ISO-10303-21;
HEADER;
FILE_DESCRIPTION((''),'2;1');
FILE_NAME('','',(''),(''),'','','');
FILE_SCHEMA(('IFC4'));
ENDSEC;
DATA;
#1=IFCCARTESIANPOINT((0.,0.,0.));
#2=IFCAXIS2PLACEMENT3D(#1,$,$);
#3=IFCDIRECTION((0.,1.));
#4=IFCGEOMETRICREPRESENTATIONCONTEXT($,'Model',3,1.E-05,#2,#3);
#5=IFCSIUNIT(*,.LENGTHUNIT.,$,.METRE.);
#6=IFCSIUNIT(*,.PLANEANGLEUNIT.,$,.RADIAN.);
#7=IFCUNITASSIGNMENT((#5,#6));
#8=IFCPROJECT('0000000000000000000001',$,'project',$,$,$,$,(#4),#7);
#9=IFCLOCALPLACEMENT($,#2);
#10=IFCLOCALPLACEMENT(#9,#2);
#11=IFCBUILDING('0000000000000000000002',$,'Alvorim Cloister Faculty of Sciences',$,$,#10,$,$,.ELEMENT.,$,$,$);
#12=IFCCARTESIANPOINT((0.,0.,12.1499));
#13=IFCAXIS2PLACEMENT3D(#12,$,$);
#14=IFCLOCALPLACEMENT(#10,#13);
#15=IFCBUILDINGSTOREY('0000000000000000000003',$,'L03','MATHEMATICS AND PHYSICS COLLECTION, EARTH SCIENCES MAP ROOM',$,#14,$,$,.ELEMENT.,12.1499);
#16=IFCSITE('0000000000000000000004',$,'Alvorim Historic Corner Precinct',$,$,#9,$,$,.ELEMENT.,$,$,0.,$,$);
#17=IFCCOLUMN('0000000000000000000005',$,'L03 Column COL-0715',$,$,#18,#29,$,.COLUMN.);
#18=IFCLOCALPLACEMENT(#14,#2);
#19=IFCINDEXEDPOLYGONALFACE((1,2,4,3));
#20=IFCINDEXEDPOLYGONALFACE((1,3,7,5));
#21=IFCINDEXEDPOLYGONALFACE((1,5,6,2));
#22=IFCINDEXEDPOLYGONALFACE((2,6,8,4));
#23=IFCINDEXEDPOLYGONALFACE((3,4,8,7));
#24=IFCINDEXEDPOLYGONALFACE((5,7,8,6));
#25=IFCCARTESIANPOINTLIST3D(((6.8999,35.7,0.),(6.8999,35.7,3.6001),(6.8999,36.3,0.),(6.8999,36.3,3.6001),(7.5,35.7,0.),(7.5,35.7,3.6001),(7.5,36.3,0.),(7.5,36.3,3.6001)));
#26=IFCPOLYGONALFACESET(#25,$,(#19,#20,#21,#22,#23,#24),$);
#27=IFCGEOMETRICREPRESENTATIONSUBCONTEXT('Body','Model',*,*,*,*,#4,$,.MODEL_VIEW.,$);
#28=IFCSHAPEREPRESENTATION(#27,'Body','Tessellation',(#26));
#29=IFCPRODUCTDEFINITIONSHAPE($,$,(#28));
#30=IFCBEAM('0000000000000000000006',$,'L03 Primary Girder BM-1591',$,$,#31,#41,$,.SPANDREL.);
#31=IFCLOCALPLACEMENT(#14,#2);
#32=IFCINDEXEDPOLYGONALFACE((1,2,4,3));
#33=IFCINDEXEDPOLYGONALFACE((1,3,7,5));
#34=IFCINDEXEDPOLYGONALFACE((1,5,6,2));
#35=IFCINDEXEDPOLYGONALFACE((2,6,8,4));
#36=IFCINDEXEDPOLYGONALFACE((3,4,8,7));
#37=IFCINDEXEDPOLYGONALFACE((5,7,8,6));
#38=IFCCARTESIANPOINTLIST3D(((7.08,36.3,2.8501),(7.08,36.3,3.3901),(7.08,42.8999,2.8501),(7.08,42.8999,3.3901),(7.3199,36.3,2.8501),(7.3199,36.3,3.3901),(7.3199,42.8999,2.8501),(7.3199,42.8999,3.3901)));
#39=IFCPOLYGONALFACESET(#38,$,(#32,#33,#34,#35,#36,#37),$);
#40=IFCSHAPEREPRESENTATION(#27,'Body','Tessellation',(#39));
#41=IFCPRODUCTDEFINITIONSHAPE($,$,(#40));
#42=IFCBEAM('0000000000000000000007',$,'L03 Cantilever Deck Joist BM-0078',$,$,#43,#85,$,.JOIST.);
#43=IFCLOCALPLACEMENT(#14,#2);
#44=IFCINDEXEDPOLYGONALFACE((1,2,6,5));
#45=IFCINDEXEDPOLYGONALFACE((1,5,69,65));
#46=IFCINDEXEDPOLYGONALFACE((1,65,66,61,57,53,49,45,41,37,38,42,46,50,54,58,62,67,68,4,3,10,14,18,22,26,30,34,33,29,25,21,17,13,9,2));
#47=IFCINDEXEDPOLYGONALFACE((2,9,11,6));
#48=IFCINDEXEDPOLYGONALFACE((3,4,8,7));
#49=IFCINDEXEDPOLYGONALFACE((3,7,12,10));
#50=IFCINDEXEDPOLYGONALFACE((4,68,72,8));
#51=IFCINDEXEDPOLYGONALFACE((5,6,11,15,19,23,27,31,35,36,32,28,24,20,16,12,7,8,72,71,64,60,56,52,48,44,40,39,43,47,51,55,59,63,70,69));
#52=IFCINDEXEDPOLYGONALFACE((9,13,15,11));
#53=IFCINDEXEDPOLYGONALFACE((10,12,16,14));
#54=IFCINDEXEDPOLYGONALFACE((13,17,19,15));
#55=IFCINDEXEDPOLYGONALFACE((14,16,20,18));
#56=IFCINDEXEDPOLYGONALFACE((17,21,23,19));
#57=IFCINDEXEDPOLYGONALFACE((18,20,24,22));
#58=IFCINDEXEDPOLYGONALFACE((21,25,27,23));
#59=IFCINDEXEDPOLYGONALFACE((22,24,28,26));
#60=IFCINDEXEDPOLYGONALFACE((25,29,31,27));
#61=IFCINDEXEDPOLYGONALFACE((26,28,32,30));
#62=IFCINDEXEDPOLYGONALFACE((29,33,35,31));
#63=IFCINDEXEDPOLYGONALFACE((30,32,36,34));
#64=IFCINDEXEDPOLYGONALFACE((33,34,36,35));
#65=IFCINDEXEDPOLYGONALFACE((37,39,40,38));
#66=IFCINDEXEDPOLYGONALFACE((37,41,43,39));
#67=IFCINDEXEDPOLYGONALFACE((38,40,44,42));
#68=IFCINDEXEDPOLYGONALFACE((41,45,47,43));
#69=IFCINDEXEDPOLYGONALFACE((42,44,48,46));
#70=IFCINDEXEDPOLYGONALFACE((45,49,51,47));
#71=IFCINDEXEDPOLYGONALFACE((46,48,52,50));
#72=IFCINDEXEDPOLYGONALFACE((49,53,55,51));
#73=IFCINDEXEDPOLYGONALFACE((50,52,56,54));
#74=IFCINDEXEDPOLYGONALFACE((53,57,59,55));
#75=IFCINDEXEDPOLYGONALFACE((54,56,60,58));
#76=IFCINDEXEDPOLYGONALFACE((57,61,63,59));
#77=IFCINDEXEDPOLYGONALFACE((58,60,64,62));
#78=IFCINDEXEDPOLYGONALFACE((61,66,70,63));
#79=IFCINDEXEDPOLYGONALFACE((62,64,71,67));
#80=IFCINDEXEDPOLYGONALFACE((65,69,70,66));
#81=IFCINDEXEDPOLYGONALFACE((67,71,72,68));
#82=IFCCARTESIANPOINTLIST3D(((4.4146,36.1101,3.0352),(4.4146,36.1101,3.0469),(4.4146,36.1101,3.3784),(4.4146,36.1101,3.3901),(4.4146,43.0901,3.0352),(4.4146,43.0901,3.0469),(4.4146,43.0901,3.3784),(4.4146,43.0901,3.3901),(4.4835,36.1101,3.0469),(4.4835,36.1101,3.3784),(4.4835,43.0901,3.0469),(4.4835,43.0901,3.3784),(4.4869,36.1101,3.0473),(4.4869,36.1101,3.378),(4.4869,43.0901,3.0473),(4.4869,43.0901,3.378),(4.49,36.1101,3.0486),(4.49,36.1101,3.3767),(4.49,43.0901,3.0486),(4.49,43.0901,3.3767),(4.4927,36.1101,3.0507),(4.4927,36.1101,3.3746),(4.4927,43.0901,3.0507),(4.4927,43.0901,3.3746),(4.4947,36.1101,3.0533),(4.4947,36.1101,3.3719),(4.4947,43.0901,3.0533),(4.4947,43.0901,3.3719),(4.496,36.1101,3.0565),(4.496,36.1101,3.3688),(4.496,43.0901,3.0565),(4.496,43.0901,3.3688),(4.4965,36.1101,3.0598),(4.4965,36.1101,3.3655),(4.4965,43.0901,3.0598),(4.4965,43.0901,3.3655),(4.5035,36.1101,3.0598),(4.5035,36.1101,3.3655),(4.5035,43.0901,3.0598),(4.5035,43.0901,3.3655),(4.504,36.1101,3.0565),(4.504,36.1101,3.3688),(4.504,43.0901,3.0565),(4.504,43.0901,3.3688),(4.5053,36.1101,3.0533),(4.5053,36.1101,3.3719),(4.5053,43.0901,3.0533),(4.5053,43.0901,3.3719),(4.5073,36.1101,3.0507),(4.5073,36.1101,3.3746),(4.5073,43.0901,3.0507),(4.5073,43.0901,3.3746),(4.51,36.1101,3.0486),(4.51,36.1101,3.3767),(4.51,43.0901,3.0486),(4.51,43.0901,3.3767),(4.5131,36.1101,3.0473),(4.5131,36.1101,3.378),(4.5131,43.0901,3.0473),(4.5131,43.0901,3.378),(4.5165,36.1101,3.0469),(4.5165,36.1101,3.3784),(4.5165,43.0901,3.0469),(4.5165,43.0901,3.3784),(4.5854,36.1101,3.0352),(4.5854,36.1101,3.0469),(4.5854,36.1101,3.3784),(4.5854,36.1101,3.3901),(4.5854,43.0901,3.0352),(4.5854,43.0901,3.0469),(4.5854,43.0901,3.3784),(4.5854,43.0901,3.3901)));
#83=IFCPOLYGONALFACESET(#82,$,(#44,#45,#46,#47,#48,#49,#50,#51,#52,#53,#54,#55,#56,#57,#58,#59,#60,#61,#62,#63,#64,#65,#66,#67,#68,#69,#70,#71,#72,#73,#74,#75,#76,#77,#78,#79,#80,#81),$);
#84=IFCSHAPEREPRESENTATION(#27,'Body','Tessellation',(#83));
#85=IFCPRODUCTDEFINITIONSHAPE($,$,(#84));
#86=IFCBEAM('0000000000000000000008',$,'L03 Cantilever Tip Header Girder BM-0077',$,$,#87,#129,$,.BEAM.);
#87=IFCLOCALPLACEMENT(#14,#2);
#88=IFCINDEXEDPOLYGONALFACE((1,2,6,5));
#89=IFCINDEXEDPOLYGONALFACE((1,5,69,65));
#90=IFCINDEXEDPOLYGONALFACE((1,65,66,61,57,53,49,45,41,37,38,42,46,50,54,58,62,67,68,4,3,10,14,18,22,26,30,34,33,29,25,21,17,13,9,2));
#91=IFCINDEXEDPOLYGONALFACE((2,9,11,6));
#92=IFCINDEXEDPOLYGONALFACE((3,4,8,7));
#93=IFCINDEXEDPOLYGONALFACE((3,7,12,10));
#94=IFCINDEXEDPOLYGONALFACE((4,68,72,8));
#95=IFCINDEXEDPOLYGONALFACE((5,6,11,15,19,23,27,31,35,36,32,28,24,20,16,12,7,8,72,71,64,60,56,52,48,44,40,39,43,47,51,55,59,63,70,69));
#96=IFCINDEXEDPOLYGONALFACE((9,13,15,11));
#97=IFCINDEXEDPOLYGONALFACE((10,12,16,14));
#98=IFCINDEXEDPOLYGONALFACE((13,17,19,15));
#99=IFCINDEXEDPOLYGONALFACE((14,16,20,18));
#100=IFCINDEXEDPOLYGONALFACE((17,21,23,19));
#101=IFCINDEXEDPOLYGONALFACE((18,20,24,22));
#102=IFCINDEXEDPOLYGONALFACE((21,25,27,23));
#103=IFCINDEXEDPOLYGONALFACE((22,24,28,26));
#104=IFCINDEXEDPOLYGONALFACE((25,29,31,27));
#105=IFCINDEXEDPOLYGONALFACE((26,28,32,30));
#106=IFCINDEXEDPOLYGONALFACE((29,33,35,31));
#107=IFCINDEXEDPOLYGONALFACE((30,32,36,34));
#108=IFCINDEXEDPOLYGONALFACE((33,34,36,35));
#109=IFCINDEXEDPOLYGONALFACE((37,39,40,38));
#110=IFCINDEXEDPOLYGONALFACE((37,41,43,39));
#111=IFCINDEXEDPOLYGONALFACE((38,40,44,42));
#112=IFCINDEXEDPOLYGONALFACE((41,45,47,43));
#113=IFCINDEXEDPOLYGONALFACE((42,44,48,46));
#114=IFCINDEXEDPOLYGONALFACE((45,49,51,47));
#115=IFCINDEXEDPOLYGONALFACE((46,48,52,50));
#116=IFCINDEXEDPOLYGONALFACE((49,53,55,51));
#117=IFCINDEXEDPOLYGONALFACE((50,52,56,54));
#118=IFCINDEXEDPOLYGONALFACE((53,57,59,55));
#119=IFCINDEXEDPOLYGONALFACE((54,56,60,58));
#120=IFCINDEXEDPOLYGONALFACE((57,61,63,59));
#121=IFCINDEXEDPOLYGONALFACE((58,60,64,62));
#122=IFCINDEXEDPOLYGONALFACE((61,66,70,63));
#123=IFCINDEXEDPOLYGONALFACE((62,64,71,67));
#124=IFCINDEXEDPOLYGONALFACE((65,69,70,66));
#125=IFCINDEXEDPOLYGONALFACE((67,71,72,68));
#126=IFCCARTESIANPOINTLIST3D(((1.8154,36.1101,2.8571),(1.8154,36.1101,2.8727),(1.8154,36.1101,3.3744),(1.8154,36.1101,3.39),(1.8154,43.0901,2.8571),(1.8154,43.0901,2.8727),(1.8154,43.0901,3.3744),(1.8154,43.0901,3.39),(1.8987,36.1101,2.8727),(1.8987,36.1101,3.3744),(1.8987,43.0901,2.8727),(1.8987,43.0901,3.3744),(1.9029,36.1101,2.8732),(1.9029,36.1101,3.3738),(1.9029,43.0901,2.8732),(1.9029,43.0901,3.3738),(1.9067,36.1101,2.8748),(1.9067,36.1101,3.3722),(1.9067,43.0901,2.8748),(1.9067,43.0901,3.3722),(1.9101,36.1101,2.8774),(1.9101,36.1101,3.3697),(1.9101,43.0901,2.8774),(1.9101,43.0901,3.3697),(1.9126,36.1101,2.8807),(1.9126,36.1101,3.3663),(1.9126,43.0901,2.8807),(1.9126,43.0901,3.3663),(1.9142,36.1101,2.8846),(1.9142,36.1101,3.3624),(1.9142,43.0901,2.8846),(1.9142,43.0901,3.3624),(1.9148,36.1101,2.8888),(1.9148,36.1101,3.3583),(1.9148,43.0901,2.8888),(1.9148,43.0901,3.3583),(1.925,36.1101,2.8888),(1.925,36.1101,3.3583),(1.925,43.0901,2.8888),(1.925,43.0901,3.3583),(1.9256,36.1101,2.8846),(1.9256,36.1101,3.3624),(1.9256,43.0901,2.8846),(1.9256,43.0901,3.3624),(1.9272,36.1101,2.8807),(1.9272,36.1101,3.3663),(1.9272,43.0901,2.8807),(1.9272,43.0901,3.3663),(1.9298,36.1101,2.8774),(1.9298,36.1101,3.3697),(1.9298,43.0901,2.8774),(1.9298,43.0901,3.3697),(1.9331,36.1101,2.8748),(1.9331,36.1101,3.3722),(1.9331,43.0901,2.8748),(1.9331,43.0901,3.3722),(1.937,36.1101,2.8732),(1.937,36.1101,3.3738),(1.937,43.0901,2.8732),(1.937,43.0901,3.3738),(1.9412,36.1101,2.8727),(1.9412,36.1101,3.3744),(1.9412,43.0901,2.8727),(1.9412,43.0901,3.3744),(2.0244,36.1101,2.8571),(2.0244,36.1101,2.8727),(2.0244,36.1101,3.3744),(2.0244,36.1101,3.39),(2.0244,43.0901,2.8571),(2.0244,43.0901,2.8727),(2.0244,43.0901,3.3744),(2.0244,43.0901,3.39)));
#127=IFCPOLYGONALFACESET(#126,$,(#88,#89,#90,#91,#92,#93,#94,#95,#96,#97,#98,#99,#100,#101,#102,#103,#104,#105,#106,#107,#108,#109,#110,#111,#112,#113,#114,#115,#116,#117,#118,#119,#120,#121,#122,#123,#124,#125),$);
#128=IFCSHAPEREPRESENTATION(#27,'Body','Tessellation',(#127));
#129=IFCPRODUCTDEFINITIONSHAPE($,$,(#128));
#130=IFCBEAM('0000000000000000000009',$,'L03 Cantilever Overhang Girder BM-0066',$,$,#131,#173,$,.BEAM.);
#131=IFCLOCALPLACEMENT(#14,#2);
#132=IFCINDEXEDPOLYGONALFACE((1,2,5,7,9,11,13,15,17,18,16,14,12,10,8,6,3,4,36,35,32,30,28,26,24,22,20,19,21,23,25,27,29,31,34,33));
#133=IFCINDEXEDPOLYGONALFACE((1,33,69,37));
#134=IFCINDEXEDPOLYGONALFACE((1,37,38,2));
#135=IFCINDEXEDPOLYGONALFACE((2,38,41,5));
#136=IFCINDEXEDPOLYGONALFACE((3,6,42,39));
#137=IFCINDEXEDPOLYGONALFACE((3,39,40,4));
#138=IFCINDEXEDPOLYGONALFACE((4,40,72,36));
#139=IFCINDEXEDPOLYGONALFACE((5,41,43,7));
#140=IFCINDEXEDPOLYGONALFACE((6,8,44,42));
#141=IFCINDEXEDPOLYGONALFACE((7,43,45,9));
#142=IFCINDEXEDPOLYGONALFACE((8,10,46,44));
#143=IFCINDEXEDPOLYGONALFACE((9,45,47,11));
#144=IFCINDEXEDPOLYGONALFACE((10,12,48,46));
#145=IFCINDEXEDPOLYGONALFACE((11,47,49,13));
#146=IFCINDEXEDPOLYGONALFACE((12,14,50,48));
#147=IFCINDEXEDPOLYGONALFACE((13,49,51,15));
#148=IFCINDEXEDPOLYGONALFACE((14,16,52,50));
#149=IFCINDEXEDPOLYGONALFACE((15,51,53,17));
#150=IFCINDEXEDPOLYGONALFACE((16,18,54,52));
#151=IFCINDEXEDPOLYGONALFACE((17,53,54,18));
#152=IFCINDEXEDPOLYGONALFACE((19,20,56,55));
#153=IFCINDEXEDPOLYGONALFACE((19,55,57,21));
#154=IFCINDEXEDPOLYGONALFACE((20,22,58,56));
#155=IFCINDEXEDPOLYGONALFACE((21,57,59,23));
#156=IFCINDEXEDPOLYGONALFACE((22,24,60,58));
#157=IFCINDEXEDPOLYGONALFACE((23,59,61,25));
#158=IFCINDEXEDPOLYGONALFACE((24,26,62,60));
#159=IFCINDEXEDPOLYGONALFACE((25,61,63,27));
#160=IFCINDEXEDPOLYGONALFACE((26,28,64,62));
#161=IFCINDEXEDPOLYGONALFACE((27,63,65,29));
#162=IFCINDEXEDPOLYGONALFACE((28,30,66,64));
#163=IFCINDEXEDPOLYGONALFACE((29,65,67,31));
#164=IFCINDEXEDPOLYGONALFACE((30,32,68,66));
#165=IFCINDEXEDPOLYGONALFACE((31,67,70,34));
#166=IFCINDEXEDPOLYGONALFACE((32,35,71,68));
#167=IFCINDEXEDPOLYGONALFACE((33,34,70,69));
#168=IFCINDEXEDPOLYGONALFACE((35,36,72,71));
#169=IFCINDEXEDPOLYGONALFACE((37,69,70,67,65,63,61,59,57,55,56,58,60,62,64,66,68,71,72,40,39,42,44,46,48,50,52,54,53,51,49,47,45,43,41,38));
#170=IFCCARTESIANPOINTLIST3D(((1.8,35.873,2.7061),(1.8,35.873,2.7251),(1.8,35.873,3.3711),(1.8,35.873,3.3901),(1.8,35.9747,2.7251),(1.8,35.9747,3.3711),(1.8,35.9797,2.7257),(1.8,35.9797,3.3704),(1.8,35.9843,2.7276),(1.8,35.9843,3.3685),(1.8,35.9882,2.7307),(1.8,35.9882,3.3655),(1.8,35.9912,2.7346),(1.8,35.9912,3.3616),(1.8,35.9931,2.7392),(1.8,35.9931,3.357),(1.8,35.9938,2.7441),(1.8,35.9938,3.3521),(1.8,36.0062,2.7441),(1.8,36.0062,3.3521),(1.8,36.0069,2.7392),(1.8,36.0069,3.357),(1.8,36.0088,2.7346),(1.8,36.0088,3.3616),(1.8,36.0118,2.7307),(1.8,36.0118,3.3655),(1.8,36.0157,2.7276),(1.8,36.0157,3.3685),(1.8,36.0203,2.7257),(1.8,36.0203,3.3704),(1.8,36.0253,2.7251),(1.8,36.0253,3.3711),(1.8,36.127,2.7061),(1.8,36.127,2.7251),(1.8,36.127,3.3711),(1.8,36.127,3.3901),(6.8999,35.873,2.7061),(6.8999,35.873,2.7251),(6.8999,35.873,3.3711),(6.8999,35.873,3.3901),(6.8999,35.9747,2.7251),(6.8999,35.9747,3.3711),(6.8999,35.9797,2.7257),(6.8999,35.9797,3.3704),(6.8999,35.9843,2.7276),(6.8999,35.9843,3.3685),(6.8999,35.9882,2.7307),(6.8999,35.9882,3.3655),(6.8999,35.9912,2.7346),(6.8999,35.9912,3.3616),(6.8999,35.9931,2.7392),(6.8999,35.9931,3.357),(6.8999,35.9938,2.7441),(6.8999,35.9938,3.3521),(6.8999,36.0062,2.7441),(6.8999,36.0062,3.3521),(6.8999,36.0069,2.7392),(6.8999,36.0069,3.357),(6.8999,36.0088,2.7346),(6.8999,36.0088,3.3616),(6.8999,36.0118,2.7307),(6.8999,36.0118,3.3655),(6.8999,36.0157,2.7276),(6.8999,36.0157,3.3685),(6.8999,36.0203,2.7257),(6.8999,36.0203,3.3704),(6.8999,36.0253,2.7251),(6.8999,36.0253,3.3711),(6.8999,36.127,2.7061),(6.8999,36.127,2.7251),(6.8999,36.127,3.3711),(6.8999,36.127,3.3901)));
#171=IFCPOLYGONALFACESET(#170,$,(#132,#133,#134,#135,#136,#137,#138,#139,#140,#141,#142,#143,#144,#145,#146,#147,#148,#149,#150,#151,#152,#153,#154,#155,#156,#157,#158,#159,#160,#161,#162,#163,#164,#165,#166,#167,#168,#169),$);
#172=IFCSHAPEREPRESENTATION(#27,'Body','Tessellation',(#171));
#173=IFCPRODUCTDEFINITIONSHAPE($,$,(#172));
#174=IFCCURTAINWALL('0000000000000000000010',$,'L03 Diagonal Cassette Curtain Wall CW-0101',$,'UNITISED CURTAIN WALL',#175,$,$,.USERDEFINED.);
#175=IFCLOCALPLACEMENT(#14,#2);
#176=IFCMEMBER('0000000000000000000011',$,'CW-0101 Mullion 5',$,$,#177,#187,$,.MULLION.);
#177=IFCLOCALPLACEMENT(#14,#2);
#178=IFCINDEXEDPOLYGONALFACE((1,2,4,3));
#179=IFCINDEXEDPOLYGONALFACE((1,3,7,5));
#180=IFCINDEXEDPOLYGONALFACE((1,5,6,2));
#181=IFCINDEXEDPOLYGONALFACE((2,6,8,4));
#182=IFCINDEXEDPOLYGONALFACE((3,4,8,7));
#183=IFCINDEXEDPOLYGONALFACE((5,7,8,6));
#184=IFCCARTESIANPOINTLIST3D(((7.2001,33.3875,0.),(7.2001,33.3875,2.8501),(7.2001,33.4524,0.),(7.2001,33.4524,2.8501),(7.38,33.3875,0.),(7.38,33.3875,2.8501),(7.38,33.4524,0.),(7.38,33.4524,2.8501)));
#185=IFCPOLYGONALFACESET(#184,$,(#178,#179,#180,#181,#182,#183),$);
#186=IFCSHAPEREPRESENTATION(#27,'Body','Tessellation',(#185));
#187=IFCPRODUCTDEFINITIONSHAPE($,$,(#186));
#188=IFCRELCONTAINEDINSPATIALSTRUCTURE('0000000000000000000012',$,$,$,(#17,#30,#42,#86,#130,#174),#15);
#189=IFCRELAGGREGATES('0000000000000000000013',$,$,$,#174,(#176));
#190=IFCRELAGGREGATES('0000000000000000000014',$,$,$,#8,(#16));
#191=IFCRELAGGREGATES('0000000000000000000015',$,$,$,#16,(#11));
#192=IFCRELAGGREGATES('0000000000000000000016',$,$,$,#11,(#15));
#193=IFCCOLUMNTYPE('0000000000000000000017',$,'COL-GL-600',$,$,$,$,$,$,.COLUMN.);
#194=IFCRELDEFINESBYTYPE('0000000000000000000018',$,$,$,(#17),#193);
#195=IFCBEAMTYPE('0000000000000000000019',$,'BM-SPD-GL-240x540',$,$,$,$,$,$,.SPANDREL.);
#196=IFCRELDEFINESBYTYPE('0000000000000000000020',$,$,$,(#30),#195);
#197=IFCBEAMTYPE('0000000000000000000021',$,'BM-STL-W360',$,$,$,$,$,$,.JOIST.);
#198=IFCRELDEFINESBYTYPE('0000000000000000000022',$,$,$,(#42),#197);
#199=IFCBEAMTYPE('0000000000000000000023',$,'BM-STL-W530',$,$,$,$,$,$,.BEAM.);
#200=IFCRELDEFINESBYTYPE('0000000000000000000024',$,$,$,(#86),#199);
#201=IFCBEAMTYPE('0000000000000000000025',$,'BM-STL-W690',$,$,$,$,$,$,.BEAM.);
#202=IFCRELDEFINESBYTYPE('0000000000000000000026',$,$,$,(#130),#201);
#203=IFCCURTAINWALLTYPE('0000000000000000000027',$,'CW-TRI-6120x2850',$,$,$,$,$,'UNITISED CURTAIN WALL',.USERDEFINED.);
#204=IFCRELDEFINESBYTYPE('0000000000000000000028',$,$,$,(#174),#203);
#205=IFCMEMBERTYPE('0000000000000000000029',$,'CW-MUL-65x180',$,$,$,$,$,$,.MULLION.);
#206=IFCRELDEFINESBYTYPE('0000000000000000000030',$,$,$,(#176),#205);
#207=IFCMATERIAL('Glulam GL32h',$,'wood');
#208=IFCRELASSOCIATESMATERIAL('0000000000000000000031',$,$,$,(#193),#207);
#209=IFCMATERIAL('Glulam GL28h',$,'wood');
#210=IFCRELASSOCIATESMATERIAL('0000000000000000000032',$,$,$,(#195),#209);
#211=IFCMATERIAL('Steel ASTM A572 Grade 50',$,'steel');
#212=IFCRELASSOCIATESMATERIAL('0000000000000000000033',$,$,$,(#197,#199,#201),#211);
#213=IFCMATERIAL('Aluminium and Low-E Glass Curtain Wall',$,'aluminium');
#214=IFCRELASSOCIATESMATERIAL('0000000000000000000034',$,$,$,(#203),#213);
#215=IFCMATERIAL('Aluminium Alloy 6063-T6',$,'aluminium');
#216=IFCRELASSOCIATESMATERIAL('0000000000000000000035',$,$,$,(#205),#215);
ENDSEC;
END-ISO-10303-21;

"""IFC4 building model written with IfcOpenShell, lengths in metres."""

from ifc_helpers import new_model, si_unit, direction, frame, origin, origin_2d, place, context, subcontext, project, spatial, rectangle, i_section, extrude, material, material_profile, profile_set, type_object, element, aggregate, save


model = new_model("IFC4")

# Units and contexts
model_context = context("Model", 3, precision=1e-05, world=origin(), true_north=direction((0.0, 1.0)))
body_context = subcontext(model_context, "Body", "Model", "MODEL_VIEW")
ifc_project = project(units=[si_unit("LENGTHUNIT", "METRE"), si_unit("PLANEANGLEUNIT", "RADIAN")], contexts=[model_context])

# Site, building, storey
site_placement = place(None, origin())
site = spatial("IfcSite", under=ifc_project, at=site_placement, Name="Alvorim Historic Corner Precinct", CompositionType="ELEMENT", RefElevation=0.0)
building_placement = place(site_placement, origin())
building = spatial("IfcBuilding", under=site, at=building_placement, Name="Alvorim Cloister Faculty of Sciences", CompositionType="ELEMENT")
storey_placement = place(building_placement, frame((0.0, 0.0, 12.1499)))
storey = spatial("IfcBuildingStorey", under=building, at=storey_placement, Name="L03", Description="MATHEMATICS AND PHYSICS COLLECTION, EARTH SCIENCES MAP ROOM", CompositionType="ELEMENT", Elevation=12.1499)

# Column
ifc_material_1 = material(Name="Glulam GL32h", Category="wood")
ifc_material_profile_1 = material_profile(ifc_material_1, rectangle(XDim=0.6001, YDim=0.6001, at=origin_2d()), Name="GL32-COL-600x600")
ifc_profile_set_1 = profile_set([ifc_material_profile_1], Name="Glulam GL32h")
column_type = type_object("IfcColumnType", Name="COL-GL-600", PredefinedType="COLUMN", material=ifc_profile_set_1)
column_placement = place(storey_placement, frame((7.2, 36.0, 0.0), z_axis=(0.0, 0.0, 1.0), x_axis=(1.0, 0.0, 0.0)))
element("IfcColumn", 1, at=column_placement, inside=storey, type_object=column_type, Name="L03 Column COL-0715", PredefinedType="COLUMN", context=body_context, shape_type="SweptSolid", body=[
    extrude(rectangle(XDim=0.6001, YDim=0.6001, at=origin_2d()), origin(), (0.0, 0.0, 1.0), 3.6001),
])

# Beams
ifc_material_2 = material(Name="Glulam GL28h", Category="wood")
ifc_material_profile_2 = material_profile(ifc_material_2, rectangle(XDim=0.24, YDim=0.54, at=origin_2d()), Name="GL28-SPD-240x540")
ifc_profile_set_2 = profile_set([ifc_material_profile_2], Name="Glulam GL28h")
beam_type_1 = type_object("IfcBeamType", Name="BM-SPD-GL-240x540", PredefinedType="SPANDREL", material=ifc_profile_set_2)
beam_1_placement = place(storey_placement, frame((7.2, 36.3, 3.1201), z_axis=(0.0, 1.0, 0.0), x_axis=(-1.0, 0.0, 0.0)))
element("IfcBeam", 2, at=beam_1_placement, inside=storey, type_object=beam_type_1, Name="L03 Primary Girder BM-1591", PredefinedType="SPANDREL", context=body_context, shape_type="SweptSolid", body=[
    extrude(rectangle(XDim=0.24, YDim=0.54, at=origin_2d()), origin(), (0.0, 0.0, 1.0), 6.5999),
])
ifc_material_3 = material(Name="Steel ASTM A572 Grade 50", Category="steel")
ifc_material_profile_3 = material_profile(ifc_material_3, i_section(OverallWidth=0.1709, OverallDepth=0.355, WebThickness=0.0071, FlangeThickness=0.0117, FilletRadius=0.0129, at=origin_2d()), Name="W360x51.0")
ifc_profile_set_3 = profile_set([ifc_material_profile_3], Name="Steel ASTM A572 Grade 50")
beam_type_2 = type_object("IfcBeamType", Name="BM-STL-W360", PredefinedType="JOIST", material=ifc_profile_set_3)
beam_2_placement = place(storey_placement, frame((4.5, 36.1101, 3.2126), z_axis=(0.0, 1.0, 0.0), x_axis=(-1.0, 0.0, 0.0)))
element("IfcBeam", 3, at=beam_2_placement, inside=storey, type_object=beam_type_2, Name="L03 Cantilever Deck Joist BM-0078", PredefinedType="JOIST", context=body_context, shape_type="SweptSolid", body=[
    extrude(i_section(OverallWidth=0.1709, OverallDepth=0.355, WebThickness=0.0071, FlangeThickness=0.0117, FilletRadius=0.0129, at=origin_2d()), origin(), (0.0, 0.0, 1.0), 6.98),
])
ifc_material_profile_4 = material_profile(ifc_material_3, i_section(OverallWidth=0.209, OverallDepth=0.533, WebThickness=0.0103, FlangeThickness=0.0156, FilletRadius=0.0161, at=origin_2d()), Name="W530x92.0")
ifc_profile_set_4 = profile_set([ifc_material_profile_4], Name="Steel ASTM A572 Grade 50")
beam_type_3 = type_object("IfcBeamType", Name="BM-STL-W530", PredefinedType="BEAM", material=ifc_profile_set_4)
beam_3_placement = place(storey_placement, frame((1.9199, 36.1101, 3.1235), z_axis=(0.0, 1.0, 0.0), x_axis=(-1.0, 0.0, 0.0)))
element("IfcBeam", 4, at=beam_3_placement, inside=storey, type_object=beam_type_3, Name="L03 Cantilever Tip Header Girder BM-0077", PredefinedType="BEAM", context=body_context, shape_type="SweptSolid", body=[
    extrude(i_section(OverallWidth=0.209, OverallDepth=0.533, WebThickness=0.0103, FlangeThickness=0.0156, FilletRadius=0.0161, at=origin_2d()), origin(), (0.0, 0.0, 1.0), 6.98),
])
ifc_material_profile_5 = material_profile(ifc_material_3, i_section(OverallWidth=0.2539, OverallDepth=0.6841, WebThickness=0.0125, FlangeThickness=0.019, FilletRadius=0.019, at=origin_2d()), Name="W690x140.0")
ifc_profile_set_5 = profile_set([ifc_material_profile_5], Name="Steel ASTM A572 Grade 50")
beam_type_4 = type_object("IfcBeamType", Name="BM-STL-W690", PredefinedType="BEAM", material=ifc_profile_set_5)
beam_4_placement = place(storey_placement, frame((1.8, 36.0, 3.0481), z_axis=(1.0, 0.0, 0.0), x_axis=(0.0, 1.0, 0.0)))
element("IfcBeam", 5, at=beam_4_placement, inside=storey, type_object=beam_type_4, Name="L03 Cantilever Overhang Girder BM-0066", PredefinedType="BEAM", context=body_context, shape_type="SweptSolid", body=[
    extrude(i_section(OverallWidth=0.2539, OverallDepth=0.6841, WebThickness=0.0125, FlangeThickness=0.019, FilletRadius=0.019, at=origin_2d()), origin(), (0.0, 0.0, 1.0), 5.0999),
])

# Curtain wall, member
ifc_material_4 = material(Name="Aluminium and Low-E Glass Curtain Wall", Category="aluminium")
curtain_wall_type = type_object("IfcCurtainWallType", Name="CW-TRI-6120x2850", ElementType="UNITISED CURTAIN WALL", PredefinedType="USERDEFINED", material=ifc_material_4)
curtain_wall_1_placement = place(storey_placement, origin())
curtain_wall_1 = element("IfcCurtainWall", 6, at=curtain_wall_1_placement, inside=storey, type_object=curtain_wall_type, Name="L03 Diagonal Cassette Curtain Wall CW-0101", ObjectType="UNITISED CURTAIN WALL", PredefinedType="USERDEFINED")
ifc_material_5 = material(Name="Aluminium Alloy 6063-T6", Category="aluminium")
ifc_material_profile_6 = material_profile(ifc_material_5, rectangle(XDim=0.0649, YDim=0.1799, at=origin_2d()), Name="ALU-MUL-65x180")
ifc_profile_set_6 = profile_set([ifc_material_profile_6], Name="Aluminium Alloy 6063-T6")
member_type_1 = type_object("IfcMemberType", Name="CW-MUL-65x180", PredefinedType="MULLION", material=ifc_profile_set_6)
member_1_placement = place(storey_placement, frame((7.29, 33.4199, 0.0), z_axis=(0.0, 0.0, 1.0), x_axis=(0.0, 1.0, 0.0)))
member_1 = element("IfcMember", 7, at=member_1_placement, type_object=member_type_1, Name="CW-0101 Mullion 5", PredefinedType="MULLION", context=body_context, shape_type="SweptSolid", body=[
    extrude(rectangle(XDim=0.0649, YDim=0.1799, at=origin_2d()), origin(), (0.0, 0.0, 1.0), 2.8501),
])

aggregate(curtain_wall_1, [member_1])

save(model, "model.ifc")
